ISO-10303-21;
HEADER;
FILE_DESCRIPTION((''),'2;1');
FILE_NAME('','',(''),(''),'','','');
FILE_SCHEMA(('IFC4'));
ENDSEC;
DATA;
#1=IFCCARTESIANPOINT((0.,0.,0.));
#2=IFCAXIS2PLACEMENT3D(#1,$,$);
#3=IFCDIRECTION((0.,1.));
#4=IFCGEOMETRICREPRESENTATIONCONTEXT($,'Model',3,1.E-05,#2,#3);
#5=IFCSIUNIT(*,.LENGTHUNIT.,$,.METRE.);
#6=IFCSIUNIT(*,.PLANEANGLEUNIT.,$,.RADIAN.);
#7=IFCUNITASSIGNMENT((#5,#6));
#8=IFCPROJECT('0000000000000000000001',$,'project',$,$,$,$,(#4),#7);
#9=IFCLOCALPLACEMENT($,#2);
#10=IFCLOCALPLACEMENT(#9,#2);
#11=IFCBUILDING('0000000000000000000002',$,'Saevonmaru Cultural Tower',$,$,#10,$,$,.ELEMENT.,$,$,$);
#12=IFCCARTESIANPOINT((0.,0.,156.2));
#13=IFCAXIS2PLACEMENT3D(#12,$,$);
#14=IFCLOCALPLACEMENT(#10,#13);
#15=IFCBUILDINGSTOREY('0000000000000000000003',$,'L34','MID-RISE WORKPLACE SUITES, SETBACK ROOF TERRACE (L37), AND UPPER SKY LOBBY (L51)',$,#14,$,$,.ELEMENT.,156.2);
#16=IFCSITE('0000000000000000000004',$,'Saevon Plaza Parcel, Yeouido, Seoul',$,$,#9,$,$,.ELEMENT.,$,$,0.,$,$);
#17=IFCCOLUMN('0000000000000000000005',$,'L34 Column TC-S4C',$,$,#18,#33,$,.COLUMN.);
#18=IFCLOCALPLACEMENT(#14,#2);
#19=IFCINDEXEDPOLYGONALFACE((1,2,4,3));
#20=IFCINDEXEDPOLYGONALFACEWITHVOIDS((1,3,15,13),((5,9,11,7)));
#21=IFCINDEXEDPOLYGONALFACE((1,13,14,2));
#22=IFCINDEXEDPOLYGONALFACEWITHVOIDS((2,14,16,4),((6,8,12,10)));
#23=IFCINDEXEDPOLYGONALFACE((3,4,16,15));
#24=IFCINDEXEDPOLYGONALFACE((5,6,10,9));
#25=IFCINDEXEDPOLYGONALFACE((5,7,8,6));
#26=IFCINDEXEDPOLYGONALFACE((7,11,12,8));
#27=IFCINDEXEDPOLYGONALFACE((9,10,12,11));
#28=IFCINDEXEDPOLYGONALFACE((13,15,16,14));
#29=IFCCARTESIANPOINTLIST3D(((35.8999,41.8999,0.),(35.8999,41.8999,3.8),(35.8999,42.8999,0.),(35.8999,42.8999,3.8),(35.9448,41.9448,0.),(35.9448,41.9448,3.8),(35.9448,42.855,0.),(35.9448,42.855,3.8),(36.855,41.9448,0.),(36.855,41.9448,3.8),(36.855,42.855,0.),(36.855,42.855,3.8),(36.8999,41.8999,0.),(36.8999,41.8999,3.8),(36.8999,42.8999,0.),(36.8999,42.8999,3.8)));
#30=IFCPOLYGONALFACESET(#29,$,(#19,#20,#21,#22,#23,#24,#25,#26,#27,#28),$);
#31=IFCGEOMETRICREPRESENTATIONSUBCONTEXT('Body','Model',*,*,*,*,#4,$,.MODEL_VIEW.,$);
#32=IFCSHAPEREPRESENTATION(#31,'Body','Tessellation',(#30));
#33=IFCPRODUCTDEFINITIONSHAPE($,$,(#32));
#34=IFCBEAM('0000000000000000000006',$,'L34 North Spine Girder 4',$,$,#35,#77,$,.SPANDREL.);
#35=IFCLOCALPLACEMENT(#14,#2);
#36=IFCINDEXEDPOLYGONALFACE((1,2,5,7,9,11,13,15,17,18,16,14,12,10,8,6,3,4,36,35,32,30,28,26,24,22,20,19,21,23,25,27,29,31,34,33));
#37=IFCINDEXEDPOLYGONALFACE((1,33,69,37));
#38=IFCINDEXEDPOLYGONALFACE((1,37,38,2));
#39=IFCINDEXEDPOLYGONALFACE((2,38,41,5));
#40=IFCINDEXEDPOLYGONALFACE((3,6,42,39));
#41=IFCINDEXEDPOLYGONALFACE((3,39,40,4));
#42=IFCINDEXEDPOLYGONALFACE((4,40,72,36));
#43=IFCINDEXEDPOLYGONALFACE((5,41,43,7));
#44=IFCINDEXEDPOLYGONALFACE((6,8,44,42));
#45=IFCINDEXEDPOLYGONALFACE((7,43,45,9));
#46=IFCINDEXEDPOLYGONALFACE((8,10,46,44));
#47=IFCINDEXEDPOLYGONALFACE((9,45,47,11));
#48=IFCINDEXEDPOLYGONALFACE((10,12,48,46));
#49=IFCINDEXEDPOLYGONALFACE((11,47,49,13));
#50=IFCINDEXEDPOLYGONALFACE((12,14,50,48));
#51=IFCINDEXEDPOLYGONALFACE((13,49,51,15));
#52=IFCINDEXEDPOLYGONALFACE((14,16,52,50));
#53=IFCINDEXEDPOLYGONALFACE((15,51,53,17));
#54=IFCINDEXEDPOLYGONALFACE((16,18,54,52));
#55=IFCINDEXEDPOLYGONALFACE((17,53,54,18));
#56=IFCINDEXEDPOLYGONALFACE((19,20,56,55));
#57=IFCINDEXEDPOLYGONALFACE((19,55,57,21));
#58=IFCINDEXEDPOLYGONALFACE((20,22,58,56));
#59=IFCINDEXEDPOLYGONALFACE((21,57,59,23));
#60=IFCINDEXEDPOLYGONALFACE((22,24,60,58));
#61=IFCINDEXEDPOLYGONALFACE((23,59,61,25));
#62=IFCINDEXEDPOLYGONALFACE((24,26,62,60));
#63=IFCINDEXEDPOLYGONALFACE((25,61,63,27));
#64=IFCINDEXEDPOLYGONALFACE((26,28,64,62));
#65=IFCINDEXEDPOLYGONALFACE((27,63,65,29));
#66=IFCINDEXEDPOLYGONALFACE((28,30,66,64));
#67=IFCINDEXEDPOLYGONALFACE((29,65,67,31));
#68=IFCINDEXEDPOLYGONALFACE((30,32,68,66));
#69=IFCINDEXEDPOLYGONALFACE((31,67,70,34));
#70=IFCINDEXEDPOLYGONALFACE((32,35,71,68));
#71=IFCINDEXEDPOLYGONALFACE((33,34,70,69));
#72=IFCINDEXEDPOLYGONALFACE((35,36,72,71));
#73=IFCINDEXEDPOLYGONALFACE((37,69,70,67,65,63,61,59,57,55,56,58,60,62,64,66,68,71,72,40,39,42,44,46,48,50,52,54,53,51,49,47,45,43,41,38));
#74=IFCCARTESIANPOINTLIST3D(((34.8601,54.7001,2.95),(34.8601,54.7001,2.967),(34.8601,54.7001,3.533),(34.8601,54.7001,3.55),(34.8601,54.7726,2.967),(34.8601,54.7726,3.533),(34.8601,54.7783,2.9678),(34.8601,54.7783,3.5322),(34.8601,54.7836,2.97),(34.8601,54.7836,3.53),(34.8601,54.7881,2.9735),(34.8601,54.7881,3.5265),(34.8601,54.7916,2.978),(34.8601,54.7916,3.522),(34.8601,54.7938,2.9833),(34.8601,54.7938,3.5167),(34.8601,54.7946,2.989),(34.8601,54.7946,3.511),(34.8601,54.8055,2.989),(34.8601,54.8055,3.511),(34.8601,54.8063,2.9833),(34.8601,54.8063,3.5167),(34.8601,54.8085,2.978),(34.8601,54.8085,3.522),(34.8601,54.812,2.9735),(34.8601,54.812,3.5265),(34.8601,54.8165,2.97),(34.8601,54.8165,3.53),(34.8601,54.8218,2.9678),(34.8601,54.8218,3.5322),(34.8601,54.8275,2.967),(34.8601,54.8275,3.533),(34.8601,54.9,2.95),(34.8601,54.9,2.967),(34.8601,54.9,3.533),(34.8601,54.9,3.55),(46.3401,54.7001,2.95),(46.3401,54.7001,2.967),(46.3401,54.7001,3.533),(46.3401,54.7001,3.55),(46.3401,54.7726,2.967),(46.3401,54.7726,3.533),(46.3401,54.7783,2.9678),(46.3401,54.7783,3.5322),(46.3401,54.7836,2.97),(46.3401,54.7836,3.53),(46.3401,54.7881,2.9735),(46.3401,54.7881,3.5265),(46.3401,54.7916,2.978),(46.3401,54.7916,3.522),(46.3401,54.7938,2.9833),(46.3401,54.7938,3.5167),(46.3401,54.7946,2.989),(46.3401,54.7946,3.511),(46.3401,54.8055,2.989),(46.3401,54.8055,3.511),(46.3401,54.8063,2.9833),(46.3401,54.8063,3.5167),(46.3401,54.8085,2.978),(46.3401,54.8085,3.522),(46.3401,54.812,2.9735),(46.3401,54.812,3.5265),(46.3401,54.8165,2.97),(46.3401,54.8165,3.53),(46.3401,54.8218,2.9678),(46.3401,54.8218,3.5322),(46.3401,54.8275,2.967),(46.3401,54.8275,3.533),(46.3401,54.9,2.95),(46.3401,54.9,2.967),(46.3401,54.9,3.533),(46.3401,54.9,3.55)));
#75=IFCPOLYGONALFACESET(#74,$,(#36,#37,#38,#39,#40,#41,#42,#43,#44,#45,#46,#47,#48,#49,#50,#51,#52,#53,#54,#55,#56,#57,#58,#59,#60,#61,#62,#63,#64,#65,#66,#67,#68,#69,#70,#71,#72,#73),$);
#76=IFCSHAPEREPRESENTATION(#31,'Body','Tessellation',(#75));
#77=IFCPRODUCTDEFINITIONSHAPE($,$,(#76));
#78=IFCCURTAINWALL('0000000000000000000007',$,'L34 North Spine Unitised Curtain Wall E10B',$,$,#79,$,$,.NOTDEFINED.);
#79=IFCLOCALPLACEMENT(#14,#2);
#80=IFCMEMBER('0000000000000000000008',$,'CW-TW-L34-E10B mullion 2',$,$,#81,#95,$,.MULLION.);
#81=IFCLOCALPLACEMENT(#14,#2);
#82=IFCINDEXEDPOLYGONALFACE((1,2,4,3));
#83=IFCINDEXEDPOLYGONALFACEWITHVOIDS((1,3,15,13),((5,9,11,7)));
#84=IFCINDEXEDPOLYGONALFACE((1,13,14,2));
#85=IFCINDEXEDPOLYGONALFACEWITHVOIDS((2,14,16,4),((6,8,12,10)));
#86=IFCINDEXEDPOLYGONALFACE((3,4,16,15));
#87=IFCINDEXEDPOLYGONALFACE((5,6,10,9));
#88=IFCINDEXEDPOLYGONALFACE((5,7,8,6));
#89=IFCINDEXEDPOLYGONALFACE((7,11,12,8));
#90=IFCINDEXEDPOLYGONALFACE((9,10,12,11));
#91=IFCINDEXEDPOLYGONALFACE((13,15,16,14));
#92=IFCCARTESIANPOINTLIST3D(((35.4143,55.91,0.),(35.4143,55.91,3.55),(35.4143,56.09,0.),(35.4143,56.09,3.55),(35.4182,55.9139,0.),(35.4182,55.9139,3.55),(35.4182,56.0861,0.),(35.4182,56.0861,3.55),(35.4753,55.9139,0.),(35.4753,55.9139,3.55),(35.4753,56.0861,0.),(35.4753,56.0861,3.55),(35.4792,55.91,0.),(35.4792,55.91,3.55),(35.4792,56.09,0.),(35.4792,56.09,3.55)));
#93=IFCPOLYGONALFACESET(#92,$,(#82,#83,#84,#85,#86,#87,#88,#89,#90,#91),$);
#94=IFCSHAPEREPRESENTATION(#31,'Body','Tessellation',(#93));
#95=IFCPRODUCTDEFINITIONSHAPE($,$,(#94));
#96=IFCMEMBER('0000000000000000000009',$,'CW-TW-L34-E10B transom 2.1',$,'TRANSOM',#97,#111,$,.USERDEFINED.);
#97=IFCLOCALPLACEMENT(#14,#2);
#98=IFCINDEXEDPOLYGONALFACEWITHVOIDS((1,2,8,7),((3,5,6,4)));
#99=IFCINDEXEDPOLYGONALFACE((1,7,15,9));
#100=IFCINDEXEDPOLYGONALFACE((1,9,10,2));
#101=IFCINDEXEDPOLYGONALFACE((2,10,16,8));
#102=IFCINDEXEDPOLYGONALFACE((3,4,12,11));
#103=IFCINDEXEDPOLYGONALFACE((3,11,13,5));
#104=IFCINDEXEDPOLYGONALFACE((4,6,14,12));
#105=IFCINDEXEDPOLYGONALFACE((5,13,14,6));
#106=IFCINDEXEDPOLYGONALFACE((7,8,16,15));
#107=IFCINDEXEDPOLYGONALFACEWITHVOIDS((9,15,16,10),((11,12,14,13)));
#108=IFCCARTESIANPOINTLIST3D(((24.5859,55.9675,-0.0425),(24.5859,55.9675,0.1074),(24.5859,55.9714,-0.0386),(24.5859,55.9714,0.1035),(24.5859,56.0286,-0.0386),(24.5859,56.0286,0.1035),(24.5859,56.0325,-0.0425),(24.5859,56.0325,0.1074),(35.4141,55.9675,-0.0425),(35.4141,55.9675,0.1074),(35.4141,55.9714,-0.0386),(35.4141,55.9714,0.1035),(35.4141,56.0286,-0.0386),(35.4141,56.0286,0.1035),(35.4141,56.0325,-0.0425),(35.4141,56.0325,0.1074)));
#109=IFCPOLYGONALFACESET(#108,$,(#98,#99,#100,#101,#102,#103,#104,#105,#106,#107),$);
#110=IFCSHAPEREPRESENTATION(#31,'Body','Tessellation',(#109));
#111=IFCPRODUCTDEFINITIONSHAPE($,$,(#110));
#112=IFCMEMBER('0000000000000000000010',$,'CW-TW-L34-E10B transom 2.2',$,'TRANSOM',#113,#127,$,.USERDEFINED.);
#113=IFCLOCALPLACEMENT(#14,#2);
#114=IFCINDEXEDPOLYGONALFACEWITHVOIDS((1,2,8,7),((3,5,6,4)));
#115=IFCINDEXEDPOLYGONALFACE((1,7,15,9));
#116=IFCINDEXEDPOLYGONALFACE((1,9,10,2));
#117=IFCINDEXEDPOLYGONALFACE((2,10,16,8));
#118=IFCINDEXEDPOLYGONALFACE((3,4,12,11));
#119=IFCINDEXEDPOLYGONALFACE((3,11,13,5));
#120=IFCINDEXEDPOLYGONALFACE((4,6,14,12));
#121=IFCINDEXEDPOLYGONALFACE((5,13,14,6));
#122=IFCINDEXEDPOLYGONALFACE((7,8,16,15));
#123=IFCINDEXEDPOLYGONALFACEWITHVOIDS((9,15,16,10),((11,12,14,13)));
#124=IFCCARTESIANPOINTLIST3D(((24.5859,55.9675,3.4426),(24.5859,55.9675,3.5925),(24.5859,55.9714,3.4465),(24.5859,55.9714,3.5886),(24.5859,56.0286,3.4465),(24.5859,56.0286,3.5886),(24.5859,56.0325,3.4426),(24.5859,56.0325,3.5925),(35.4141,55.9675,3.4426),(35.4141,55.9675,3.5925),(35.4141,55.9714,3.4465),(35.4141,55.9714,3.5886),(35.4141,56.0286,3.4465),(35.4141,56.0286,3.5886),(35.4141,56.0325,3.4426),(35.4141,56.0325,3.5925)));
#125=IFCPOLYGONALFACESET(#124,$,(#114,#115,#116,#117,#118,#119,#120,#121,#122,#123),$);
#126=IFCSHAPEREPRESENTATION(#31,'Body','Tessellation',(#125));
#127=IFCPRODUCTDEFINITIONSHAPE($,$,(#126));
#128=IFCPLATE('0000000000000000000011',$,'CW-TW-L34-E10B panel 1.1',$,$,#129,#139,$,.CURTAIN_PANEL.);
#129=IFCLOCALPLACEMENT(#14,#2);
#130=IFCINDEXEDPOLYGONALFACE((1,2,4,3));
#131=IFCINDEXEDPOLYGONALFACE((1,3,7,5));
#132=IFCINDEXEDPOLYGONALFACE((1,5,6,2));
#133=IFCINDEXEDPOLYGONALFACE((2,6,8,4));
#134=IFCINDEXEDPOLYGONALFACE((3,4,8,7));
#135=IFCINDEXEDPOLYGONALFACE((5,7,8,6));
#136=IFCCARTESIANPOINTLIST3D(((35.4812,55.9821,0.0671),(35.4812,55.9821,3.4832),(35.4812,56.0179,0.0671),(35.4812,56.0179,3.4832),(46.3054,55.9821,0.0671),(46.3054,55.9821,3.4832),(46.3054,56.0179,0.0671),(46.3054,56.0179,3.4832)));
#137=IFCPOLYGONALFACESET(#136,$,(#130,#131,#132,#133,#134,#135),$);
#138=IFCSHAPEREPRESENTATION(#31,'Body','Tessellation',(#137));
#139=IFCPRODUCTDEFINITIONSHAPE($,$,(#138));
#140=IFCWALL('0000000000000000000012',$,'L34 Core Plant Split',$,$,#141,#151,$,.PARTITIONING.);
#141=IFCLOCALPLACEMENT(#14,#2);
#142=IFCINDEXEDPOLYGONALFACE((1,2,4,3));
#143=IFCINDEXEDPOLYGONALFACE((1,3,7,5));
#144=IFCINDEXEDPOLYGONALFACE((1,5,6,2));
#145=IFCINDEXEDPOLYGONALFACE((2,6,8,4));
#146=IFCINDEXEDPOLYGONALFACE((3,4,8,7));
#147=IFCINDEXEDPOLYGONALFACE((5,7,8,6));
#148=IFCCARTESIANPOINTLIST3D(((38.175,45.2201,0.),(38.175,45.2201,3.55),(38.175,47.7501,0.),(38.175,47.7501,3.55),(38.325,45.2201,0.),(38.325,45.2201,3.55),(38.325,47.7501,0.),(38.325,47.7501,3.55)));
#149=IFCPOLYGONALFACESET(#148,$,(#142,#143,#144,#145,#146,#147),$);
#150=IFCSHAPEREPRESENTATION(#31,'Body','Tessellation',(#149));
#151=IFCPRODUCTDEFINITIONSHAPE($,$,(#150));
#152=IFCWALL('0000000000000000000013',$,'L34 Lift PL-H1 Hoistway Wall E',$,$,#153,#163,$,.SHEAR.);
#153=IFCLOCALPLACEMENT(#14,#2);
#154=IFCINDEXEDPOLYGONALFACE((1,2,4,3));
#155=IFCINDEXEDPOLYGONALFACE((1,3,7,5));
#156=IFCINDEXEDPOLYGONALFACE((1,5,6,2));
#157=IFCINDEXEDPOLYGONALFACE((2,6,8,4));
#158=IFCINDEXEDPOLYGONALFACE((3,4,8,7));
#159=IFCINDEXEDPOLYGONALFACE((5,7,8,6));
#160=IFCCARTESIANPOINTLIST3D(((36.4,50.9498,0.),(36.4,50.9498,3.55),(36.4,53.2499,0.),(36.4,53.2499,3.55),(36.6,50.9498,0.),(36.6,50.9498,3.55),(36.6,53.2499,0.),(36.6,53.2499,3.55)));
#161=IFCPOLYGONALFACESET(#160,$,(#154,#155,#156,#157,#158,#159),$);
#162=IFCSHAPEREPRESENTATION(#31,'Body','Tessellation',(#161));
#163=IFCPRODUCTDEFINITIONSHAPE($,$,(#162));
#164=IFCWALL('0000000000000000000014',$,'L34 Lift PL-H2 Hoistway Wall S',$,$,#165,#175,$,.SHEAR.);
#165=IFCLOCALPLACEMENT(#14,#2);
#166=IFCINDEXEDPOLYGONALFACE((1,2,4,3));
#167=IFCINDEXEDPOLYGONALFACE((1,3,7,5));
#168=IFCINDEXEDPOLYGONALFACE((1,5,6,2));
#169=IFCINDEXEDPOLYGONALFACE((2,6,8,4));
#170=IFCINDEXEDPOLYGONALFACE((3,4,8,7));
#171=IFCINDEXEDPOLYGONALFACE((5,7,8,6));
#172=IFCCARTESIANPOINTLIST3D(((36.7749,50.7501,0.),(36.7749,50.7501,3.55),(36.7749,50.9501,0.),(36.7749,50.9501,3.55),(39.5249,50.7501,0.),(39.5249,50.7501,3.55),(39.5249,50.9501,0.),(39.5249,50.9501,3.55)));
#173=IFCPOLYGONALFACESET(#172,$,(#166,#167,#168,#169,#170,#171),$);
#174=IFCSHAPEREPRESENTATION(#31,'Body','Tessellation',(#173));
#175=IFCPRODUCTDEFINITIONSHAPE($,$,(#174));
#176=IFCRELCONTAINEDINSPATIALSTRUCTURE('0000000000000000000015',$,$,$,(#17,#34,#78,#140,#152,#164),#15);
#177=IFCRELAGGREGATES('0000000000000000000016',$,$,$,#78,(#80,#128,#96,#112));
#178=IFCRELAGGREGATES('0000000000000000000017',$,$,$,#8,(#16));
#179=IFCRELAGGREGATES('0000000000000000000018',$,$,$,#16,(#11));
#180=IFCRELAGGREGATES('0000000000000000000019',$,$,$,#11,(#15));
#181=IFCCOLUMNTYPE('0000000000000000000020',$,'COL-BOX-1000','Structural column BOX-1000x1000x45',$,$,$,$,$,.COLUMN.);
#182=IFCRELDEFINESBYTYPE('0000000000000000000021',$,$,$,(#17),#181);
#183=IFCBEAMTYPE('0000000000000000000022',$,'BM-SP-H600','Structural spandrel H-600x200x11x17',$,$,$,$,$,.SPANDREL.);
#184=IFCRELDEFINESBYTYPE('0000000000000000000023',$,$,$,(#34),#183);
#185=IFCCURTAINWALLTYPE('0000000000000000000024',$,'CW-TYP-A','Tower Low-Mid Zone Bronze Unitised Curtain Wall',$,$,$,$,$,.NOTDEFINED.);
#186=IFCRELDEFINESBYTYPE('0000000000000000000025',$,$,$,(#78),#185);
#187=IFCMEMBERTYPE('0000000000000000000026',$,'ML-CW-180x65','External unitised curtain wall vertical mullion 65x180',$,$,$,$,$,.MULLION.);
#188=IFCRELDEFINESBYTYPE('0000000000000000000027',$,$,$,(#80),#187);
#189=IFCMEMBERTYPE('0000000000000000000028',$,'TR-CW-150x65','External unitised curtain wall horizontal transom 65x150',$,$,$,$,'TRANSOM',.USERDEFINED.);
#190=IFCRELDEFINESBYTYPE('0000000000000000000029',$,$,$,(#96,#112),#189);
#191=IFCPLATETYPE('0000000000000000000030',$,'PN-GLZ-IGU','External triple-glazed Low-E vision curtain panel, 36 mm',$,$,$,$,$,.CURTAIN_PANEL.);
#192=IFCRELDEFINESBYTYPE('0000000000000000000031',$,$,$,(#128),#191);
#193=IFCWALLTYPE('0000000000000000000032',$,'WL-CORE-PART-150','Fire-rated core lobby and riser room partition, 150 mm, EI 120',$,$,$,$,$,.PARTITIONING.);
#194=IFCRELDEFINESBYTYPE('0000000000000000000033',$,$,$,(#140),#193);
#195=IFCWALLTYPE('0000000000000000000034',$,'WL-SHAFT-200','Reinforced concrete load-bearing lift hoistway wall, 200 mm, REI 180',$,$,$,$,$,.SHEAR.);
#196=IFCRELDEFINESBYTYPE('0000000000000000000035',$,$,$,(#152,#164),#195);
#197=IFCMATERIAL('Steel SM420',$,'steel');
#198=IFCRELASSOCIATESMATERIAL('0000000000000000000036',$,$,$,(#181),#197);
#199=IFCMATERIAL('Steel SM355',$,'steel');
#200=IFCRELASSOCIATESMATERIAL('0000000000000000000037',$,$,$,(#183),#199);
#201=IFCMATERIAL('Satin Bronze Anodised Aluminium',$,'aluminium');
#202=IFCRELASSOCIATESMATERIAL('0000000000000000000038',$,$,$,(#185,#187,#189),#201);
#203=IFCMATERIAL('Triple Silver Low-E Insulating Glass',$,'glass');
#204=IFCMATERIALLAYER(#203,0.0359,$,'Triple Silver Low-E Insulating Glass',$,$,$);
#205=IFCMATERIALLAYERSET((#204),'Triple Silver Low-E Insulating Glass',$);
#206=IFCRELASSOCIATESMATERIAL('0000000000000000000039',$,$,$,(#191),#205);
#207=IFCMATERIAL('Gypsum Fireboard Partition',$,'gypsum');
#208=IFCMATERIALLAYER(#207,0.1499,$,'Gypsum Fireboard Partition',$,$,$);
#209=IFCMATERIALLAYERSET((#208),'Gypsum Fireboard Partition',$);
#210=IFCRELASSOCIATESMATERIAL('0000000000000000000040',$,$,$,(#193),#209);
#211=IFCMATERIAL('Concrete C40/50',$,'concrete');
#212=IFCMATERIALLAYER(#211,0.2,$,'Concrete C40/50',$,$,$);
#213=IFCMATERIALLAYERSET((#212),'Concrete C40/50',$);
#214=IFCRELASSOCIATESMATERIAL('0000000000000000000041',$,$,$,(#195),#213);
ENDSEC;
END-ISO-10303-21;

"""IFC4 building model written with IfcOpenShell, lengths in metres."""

from ifc_helpers import new_model, si_unit, direction, frame, frame_2d, origin, origin_2d, place, context, subcontext, project, spatial, rectangle, hollow_rectangle, i_section, extrude, material, layer, layer_set, material_profile, profile_set, type_object, element, aggregate, save


model = new_model("IFC4")

# Units and contexts
model_context = context("Model", 3, precision=1e-05, world=origin(), true_north=direction((0.0, 1.0)))
body_context = subcontext(model_context, "Body", "Model", "MODEL_VIEW")
ifc_project = project(units=[si_unit("LENGTHUNIT", "METRE"), si_unit("PLANEANGLEUNIT", "RADIAN")], contexts=[model_context])

# Site, building, storey
site_placement = place(None, origin())
site = spatial("IfcSite", under=ifc_project, at=site_placement, Name="Saevon Plaza Parcel, Yeouido, Seoul", CompositionType="ELEMENT", RefElevation=0.0)
building_placement = place(site_placement, origin())
building = spatial("IfcBuilding", under=site, at=building_placement, Name="Saevonmaru Cultural Tower", CompositionType="ELEMENT")
storey_placement = place(building_placement, frame((0.0, 0.0, 156.2)))
storey = spatial("IfcBuildingStorey", under=building, at=storey_placement, Name="L34", Description="MID-RISE WORKPLACE SUITES, SETBACK ROOF TERRACE (L37), AND UPPER SKY LOBBY (L51)", CompositionType="ELEMENT", Elevation=156.2)

# Column
ifc_material_1 = material(Name="Steel SM420", Category="steel")
ifc_material_profile_1 = material_profile(ifc_material_1, hollow_rectangle(XDim=1.0, YDim=1.0, WallThickness=0.0449, at=origin_2d()), Name="BOX-1000x1000x45")
ifc_profile_set_1 = profile_set([ifc_material_profile_1], Name="Steel SM420")
column_type = type_object("IfcColumnType", Name="COL-BOX-1000", Description="Structural column BOX-1000x1000x45", PredefinedType="COLUMN", material=ifc_profile_set_1)
column_placement = place(storey_placement, frame((36.3999, 42.3999, 0.0), z_axis=(0.0, 0.0, 1.0), x_axis=(1.0, 0.0, 0.0)))
element("IfcColumn", 1, at=column_placement, inside=storey, type_object=column_type, Name="L34 Column TC-S4C", PredefinedType="COLUMN", context=body_context, shape_type="SweptSolid", body=[
    extrude(hollow_rectangle(XDim=1.0, YDim=1.0, WallThickness=0.0449, at=origin_2d()), origin(), (0.0, 0.0, 1.0), 3.8),
])

# Beam
ifc_material_2 = material(Name="Steel SM355", Category="steel")
ifc_material_profile_2 = material_profile(ifc_material_2, i_section(OverallWidth=0.2, OverallDepth=0.6001, WebThickness=0.011, FlangeThickness=0.0171, FilletRadius=0.022, at=origin_2d()), Name="H-600x200x11x17")
ifc_profile_set_2 = profile_set([ifc_material_profile_2], Name="Steel SM355")
beam_type = type_object("IfcBeamType", Name="BM-SP-H600", Description="Structural spandrel H-600x200x11x17", PredefinedType="SPANDREL", material=ifc_profile_set_2)
beam_placement = place(storey_placement, frame((34.8601, 54.8, 3.25), z_axis=(1.0, 0.0, 0.0), x_axis=(0.0, 1.0, 0.0)))
element("IfcBeam", 2, at=beam_placement, inside=storey, type_object=beam_type, Name="L34 North Spine Girder 4", PredefinedType="SPANDREL", context=body_context, shape_type="SweptSolid", body=[
    extrude(i_section(OverallWidth=0.2, OverallDepth=0.6001, WebThickness=0.011, FlangeThickness=0.0171, FilletRadius=0.022, at=origin_2d()), origin(), (0.0, 0.0, 1.0), 11.48),
])

# Curtain wall, members, plate
ifc_material_3 = material(Name="Satin Bronze Anodised Aluminium", Category="aluminium")
curtain_wall_type = type_object("IfcCurtainWallType", Name="CW-TYP-A", Description="Tower Low-Mid Zone Bronze Unitised Curtain Wall", PredefinedType="NOTDEFINED", material=ifc_material_3)
curtain_wall_placement = place(storey_placement, origin())
curtain_wall = element("IfcCurtainWall", 3, at=curtain_wall_placement, inside=storey, type_object=curtain_wall_type, Name="L34 North Spine Unitised Curtain Wall E10B", PredefinedType="NOTDEFINED")
ifc_material_profile_3 = material_profile(ifc_material_3, hollow_rectangle(XDim=0.0649, YDim=0.1799, WallThickness=0.0039, at=origin_2d()), Name="ALU-MULL-180x65x4")
ifc_profile_set_3 = profile_set([ifc_material_profile_3], Name="Satin Bronze Anodised Aluminium")
member_type_1 = type_object("IfcMemberType", Name="ML-CW-180x65", Description="External unitised curtain wall vertical mullion 65x180", PredefinedType="MULLION", material=ifc_profile_set_3)
member_1_placement = place(storey_placement, frame((35.4468, 56.0, 0.0), z_axis=(0.0, 0.0, 1.0), x_axis=(-1.0, 0.0, 0.0)))
member_1 = element("IfcMember", 4, at=member_1_placement, type_object=member_type_1, Name="CW-TW-L34-E10B mullion 2", PredefinedType="MULLION", context=body_context, shape_type="SweptSolid", body=[
    extrude(hollow_rectangle(XDim=0.0649, YDim=0.1799, WallThickness=0.0039, at=origin_2d()), origin(), (0.0, 0.0, 1.0), 3.55),
])
ifc_material_profile_4 = material_profile(ifc_material_3, hollow_rectangle(XDim=0.0649, YDim=0.1499, WallThickness=0.0039, at=origin_2d()), Name="ALU-TRAN-150x65x4")
ifc_profile_set_4 = profile_set([ifc_material_profile_4], Name="Satin Bronze Anodised Aluminium")
member_type_2 = type_object("IfcMemberType", Name="TR-CW-150x65", Description="External unitised curtain wall horizontal transom 65x150", ElementType="TRANSOM", PredefinedType="USERDEFINED", material=ifc_profile_set_4)
member_2_placement = place(storey_placement, frame((35.4141, 56.0, 0.0325), z_axis=(-1.0, 0.0, 0.0), x_axis=(0.0, -1.0, 0.0)))
member_2 = element("IfcMember", 5, at=member_2_placement, type_object=member_type_2, Name="CW-TW-L34-E10B transom 2.1", ObjectType="TRANSOM", PredefinedType="USERDEFINED", context=body_context, shape_type="SweptSolid", body=[
    extrude(hollow_rectangle(XDim=0.0649, YDim=0.1499, WallThickness=0.0039, at=origin_2d()), origin(), (0.0, 0.0, 1.0), 10.8281),
])
member_3_placement = place(storey_placement, frame((35.4141, 56.0, 3.5176), z_axis=(-1.0, 0.0, 0.0), x_axis=(0.0, -1.0, 0.0)))
member_3 = element("IfcMember", 6, at=member_3_placement, type_object=member_type_2, Name="CW-TW-L34-E10B transom 2.2", ObjectType="TRANSOM", PredefinedType="USERDEFINED", context=body_context, shape_type="SweptSolid", body=[
    extrude(hollow_rectangle(XDim=0.0649, YDim=0.1499, WallThickness=0.0039, at=origin_2d()), origin(), (0.0, 0.0, 1.0), 10.8281),
])
ifc_material_4 = material(Name="Triple Silver Low-E Insulating Glass", Category="glass")
ifc_layer_1 = layer(ifc_material_4, 0.0359, Name="Triple Silver Low-E Insulating Glass")
ifc_layer_set_1 = layer_set([ifc_layer_1], Name="Triple Silver Low-E Insulating Glass")
plate_type = type_object("IfcPlateType", Name="PN-GLZ-IGU", Description="External triple-glazed Low-E vision curtain panel, 36 mm", PredefinedType="CURTAIN_PANEL", material=ifc_layer_set_1)
plate_placement = place(storey_placement, frame((40.8933, 56.0, 0.0671), z_axis=(0.0, 0.0, 1.0), x_axis=(-1.0, 0.0, 0.0)))
plate = element("IfcPlate", 7, at=plate_placement, type_object=plate_type, Name="CW-TW-L34-E10B panel 1.1", PredefinedType="CURTAIN_PANEL", context=body_context, shape_type="SweptSolid", body=[
    extrude(rectangle(XDim=10.8242, YDim=0.0359, at=origin_2d()), origin(), (0.0, 0.0, 1.0), 3.416),
])
aggregate(curtain_wall, [member_1, plate, member_2, member_3])

# Walls
ifc_material_5 = material(Name="Gypsum Fireboard Partition", Category="gypsum")
ifc_layer_2 = layer(ifc_material_5, 0.1499, Name="Gypsum Fireboard Partition")
ifc_layer_set_2 = layer_set([ifc_layer_2], Name="Gypsum Fireboard Partition")
wall_type_1 = type_object("IfcWallType", Name="WL-CORE-PART-150", Description="Fire-rated core lobby and riser room partition, 150 mm, EI 120", PredefinedType="PARTITIONING", material=ifc_layer_set_2)
wall_1_placement = place(storey_placement, frame((38.25, 45.22, 0.0), z_axis=(0.0, 0.0, 1.0), x_axis=(0.0, 1.0, 0.0)))
element("IfcWall", 8, at=wall_1_placement, inside=storey, type_object=wall_type_1, Name="L34 Core Plant Split", PredefinedType="PARTITIONING", context=body_context, shape_type="SweptSolid", body=[
    extrude(rectangle(XDim=2.53, YDim=0.1499, at=frame_2d((1.2651, 0.0))), origin(), (0.0, 0.0, 1.0), 3.55),
])
ifc_material_6 = material(Name="Concrete C40/50", Category="concrete")
ifc_layer_3 = layer(ifc_material_6, 0.2, Name="Concrete C40/50")
ifc_layer_set_3 = layer_set([ifc_layer_3], Name="Concrete C40/50")
wall_type_2 = type_object("IfcWallType", Name="WL-SHAFT-200", Description="Reinforced concrete load-bearing lift hoistway wall, 200 mm, REI 180", PredefinedType="SHEAR", material=ifc_layer_set_3)
wall_2_placement = place(storey_placement, frame((36.5, 50.95, 0.0), z_axis=(0.0, 0.0, 1.0), x_axis=(0.0, 1.0, 0.0)))
element("IfcWall", 9, at=wall_2_placement, inside=storey, type_object=wall_type_2, Name="L34 Lift PL-H1 Hoistway Wall E", PredefinedType="SHEAR", context=body_context, shape_type="SweptSolid", body=[
    extrude(rectangle(XDim=2.3, YDim=0.2, at=frame_2d((1.1499, 0.0))), origin(), (0.0, 0.0, 1.0), 3.55),
])
for number, where, z_axis, x_axis, name in (
    (10, (36.7749, 50.8501, 0.0), (0.0, 0.0, 1.0), (1.0, 0.0, 0.0), "L34 Lift PL-H2 Hoistway Wall S"),
):
    element("IfcWall", number, at=place(storey_placement, frame(where, z_axis=z_axis, x_axis=x_axis)), inside=storey, type_object=wall_type_2, Name=name, PredefinedType="SHEAR", context=body_context, shape_type="SweptSolid", body=[
        extrude(rectangle(XDim=2.75, YDim=0.2, at=frame_2d((1.375, 0.0))), origin(), (0.0, 0.0, 1.0), 3.55),
    ])

save(model, "model.ifc")
